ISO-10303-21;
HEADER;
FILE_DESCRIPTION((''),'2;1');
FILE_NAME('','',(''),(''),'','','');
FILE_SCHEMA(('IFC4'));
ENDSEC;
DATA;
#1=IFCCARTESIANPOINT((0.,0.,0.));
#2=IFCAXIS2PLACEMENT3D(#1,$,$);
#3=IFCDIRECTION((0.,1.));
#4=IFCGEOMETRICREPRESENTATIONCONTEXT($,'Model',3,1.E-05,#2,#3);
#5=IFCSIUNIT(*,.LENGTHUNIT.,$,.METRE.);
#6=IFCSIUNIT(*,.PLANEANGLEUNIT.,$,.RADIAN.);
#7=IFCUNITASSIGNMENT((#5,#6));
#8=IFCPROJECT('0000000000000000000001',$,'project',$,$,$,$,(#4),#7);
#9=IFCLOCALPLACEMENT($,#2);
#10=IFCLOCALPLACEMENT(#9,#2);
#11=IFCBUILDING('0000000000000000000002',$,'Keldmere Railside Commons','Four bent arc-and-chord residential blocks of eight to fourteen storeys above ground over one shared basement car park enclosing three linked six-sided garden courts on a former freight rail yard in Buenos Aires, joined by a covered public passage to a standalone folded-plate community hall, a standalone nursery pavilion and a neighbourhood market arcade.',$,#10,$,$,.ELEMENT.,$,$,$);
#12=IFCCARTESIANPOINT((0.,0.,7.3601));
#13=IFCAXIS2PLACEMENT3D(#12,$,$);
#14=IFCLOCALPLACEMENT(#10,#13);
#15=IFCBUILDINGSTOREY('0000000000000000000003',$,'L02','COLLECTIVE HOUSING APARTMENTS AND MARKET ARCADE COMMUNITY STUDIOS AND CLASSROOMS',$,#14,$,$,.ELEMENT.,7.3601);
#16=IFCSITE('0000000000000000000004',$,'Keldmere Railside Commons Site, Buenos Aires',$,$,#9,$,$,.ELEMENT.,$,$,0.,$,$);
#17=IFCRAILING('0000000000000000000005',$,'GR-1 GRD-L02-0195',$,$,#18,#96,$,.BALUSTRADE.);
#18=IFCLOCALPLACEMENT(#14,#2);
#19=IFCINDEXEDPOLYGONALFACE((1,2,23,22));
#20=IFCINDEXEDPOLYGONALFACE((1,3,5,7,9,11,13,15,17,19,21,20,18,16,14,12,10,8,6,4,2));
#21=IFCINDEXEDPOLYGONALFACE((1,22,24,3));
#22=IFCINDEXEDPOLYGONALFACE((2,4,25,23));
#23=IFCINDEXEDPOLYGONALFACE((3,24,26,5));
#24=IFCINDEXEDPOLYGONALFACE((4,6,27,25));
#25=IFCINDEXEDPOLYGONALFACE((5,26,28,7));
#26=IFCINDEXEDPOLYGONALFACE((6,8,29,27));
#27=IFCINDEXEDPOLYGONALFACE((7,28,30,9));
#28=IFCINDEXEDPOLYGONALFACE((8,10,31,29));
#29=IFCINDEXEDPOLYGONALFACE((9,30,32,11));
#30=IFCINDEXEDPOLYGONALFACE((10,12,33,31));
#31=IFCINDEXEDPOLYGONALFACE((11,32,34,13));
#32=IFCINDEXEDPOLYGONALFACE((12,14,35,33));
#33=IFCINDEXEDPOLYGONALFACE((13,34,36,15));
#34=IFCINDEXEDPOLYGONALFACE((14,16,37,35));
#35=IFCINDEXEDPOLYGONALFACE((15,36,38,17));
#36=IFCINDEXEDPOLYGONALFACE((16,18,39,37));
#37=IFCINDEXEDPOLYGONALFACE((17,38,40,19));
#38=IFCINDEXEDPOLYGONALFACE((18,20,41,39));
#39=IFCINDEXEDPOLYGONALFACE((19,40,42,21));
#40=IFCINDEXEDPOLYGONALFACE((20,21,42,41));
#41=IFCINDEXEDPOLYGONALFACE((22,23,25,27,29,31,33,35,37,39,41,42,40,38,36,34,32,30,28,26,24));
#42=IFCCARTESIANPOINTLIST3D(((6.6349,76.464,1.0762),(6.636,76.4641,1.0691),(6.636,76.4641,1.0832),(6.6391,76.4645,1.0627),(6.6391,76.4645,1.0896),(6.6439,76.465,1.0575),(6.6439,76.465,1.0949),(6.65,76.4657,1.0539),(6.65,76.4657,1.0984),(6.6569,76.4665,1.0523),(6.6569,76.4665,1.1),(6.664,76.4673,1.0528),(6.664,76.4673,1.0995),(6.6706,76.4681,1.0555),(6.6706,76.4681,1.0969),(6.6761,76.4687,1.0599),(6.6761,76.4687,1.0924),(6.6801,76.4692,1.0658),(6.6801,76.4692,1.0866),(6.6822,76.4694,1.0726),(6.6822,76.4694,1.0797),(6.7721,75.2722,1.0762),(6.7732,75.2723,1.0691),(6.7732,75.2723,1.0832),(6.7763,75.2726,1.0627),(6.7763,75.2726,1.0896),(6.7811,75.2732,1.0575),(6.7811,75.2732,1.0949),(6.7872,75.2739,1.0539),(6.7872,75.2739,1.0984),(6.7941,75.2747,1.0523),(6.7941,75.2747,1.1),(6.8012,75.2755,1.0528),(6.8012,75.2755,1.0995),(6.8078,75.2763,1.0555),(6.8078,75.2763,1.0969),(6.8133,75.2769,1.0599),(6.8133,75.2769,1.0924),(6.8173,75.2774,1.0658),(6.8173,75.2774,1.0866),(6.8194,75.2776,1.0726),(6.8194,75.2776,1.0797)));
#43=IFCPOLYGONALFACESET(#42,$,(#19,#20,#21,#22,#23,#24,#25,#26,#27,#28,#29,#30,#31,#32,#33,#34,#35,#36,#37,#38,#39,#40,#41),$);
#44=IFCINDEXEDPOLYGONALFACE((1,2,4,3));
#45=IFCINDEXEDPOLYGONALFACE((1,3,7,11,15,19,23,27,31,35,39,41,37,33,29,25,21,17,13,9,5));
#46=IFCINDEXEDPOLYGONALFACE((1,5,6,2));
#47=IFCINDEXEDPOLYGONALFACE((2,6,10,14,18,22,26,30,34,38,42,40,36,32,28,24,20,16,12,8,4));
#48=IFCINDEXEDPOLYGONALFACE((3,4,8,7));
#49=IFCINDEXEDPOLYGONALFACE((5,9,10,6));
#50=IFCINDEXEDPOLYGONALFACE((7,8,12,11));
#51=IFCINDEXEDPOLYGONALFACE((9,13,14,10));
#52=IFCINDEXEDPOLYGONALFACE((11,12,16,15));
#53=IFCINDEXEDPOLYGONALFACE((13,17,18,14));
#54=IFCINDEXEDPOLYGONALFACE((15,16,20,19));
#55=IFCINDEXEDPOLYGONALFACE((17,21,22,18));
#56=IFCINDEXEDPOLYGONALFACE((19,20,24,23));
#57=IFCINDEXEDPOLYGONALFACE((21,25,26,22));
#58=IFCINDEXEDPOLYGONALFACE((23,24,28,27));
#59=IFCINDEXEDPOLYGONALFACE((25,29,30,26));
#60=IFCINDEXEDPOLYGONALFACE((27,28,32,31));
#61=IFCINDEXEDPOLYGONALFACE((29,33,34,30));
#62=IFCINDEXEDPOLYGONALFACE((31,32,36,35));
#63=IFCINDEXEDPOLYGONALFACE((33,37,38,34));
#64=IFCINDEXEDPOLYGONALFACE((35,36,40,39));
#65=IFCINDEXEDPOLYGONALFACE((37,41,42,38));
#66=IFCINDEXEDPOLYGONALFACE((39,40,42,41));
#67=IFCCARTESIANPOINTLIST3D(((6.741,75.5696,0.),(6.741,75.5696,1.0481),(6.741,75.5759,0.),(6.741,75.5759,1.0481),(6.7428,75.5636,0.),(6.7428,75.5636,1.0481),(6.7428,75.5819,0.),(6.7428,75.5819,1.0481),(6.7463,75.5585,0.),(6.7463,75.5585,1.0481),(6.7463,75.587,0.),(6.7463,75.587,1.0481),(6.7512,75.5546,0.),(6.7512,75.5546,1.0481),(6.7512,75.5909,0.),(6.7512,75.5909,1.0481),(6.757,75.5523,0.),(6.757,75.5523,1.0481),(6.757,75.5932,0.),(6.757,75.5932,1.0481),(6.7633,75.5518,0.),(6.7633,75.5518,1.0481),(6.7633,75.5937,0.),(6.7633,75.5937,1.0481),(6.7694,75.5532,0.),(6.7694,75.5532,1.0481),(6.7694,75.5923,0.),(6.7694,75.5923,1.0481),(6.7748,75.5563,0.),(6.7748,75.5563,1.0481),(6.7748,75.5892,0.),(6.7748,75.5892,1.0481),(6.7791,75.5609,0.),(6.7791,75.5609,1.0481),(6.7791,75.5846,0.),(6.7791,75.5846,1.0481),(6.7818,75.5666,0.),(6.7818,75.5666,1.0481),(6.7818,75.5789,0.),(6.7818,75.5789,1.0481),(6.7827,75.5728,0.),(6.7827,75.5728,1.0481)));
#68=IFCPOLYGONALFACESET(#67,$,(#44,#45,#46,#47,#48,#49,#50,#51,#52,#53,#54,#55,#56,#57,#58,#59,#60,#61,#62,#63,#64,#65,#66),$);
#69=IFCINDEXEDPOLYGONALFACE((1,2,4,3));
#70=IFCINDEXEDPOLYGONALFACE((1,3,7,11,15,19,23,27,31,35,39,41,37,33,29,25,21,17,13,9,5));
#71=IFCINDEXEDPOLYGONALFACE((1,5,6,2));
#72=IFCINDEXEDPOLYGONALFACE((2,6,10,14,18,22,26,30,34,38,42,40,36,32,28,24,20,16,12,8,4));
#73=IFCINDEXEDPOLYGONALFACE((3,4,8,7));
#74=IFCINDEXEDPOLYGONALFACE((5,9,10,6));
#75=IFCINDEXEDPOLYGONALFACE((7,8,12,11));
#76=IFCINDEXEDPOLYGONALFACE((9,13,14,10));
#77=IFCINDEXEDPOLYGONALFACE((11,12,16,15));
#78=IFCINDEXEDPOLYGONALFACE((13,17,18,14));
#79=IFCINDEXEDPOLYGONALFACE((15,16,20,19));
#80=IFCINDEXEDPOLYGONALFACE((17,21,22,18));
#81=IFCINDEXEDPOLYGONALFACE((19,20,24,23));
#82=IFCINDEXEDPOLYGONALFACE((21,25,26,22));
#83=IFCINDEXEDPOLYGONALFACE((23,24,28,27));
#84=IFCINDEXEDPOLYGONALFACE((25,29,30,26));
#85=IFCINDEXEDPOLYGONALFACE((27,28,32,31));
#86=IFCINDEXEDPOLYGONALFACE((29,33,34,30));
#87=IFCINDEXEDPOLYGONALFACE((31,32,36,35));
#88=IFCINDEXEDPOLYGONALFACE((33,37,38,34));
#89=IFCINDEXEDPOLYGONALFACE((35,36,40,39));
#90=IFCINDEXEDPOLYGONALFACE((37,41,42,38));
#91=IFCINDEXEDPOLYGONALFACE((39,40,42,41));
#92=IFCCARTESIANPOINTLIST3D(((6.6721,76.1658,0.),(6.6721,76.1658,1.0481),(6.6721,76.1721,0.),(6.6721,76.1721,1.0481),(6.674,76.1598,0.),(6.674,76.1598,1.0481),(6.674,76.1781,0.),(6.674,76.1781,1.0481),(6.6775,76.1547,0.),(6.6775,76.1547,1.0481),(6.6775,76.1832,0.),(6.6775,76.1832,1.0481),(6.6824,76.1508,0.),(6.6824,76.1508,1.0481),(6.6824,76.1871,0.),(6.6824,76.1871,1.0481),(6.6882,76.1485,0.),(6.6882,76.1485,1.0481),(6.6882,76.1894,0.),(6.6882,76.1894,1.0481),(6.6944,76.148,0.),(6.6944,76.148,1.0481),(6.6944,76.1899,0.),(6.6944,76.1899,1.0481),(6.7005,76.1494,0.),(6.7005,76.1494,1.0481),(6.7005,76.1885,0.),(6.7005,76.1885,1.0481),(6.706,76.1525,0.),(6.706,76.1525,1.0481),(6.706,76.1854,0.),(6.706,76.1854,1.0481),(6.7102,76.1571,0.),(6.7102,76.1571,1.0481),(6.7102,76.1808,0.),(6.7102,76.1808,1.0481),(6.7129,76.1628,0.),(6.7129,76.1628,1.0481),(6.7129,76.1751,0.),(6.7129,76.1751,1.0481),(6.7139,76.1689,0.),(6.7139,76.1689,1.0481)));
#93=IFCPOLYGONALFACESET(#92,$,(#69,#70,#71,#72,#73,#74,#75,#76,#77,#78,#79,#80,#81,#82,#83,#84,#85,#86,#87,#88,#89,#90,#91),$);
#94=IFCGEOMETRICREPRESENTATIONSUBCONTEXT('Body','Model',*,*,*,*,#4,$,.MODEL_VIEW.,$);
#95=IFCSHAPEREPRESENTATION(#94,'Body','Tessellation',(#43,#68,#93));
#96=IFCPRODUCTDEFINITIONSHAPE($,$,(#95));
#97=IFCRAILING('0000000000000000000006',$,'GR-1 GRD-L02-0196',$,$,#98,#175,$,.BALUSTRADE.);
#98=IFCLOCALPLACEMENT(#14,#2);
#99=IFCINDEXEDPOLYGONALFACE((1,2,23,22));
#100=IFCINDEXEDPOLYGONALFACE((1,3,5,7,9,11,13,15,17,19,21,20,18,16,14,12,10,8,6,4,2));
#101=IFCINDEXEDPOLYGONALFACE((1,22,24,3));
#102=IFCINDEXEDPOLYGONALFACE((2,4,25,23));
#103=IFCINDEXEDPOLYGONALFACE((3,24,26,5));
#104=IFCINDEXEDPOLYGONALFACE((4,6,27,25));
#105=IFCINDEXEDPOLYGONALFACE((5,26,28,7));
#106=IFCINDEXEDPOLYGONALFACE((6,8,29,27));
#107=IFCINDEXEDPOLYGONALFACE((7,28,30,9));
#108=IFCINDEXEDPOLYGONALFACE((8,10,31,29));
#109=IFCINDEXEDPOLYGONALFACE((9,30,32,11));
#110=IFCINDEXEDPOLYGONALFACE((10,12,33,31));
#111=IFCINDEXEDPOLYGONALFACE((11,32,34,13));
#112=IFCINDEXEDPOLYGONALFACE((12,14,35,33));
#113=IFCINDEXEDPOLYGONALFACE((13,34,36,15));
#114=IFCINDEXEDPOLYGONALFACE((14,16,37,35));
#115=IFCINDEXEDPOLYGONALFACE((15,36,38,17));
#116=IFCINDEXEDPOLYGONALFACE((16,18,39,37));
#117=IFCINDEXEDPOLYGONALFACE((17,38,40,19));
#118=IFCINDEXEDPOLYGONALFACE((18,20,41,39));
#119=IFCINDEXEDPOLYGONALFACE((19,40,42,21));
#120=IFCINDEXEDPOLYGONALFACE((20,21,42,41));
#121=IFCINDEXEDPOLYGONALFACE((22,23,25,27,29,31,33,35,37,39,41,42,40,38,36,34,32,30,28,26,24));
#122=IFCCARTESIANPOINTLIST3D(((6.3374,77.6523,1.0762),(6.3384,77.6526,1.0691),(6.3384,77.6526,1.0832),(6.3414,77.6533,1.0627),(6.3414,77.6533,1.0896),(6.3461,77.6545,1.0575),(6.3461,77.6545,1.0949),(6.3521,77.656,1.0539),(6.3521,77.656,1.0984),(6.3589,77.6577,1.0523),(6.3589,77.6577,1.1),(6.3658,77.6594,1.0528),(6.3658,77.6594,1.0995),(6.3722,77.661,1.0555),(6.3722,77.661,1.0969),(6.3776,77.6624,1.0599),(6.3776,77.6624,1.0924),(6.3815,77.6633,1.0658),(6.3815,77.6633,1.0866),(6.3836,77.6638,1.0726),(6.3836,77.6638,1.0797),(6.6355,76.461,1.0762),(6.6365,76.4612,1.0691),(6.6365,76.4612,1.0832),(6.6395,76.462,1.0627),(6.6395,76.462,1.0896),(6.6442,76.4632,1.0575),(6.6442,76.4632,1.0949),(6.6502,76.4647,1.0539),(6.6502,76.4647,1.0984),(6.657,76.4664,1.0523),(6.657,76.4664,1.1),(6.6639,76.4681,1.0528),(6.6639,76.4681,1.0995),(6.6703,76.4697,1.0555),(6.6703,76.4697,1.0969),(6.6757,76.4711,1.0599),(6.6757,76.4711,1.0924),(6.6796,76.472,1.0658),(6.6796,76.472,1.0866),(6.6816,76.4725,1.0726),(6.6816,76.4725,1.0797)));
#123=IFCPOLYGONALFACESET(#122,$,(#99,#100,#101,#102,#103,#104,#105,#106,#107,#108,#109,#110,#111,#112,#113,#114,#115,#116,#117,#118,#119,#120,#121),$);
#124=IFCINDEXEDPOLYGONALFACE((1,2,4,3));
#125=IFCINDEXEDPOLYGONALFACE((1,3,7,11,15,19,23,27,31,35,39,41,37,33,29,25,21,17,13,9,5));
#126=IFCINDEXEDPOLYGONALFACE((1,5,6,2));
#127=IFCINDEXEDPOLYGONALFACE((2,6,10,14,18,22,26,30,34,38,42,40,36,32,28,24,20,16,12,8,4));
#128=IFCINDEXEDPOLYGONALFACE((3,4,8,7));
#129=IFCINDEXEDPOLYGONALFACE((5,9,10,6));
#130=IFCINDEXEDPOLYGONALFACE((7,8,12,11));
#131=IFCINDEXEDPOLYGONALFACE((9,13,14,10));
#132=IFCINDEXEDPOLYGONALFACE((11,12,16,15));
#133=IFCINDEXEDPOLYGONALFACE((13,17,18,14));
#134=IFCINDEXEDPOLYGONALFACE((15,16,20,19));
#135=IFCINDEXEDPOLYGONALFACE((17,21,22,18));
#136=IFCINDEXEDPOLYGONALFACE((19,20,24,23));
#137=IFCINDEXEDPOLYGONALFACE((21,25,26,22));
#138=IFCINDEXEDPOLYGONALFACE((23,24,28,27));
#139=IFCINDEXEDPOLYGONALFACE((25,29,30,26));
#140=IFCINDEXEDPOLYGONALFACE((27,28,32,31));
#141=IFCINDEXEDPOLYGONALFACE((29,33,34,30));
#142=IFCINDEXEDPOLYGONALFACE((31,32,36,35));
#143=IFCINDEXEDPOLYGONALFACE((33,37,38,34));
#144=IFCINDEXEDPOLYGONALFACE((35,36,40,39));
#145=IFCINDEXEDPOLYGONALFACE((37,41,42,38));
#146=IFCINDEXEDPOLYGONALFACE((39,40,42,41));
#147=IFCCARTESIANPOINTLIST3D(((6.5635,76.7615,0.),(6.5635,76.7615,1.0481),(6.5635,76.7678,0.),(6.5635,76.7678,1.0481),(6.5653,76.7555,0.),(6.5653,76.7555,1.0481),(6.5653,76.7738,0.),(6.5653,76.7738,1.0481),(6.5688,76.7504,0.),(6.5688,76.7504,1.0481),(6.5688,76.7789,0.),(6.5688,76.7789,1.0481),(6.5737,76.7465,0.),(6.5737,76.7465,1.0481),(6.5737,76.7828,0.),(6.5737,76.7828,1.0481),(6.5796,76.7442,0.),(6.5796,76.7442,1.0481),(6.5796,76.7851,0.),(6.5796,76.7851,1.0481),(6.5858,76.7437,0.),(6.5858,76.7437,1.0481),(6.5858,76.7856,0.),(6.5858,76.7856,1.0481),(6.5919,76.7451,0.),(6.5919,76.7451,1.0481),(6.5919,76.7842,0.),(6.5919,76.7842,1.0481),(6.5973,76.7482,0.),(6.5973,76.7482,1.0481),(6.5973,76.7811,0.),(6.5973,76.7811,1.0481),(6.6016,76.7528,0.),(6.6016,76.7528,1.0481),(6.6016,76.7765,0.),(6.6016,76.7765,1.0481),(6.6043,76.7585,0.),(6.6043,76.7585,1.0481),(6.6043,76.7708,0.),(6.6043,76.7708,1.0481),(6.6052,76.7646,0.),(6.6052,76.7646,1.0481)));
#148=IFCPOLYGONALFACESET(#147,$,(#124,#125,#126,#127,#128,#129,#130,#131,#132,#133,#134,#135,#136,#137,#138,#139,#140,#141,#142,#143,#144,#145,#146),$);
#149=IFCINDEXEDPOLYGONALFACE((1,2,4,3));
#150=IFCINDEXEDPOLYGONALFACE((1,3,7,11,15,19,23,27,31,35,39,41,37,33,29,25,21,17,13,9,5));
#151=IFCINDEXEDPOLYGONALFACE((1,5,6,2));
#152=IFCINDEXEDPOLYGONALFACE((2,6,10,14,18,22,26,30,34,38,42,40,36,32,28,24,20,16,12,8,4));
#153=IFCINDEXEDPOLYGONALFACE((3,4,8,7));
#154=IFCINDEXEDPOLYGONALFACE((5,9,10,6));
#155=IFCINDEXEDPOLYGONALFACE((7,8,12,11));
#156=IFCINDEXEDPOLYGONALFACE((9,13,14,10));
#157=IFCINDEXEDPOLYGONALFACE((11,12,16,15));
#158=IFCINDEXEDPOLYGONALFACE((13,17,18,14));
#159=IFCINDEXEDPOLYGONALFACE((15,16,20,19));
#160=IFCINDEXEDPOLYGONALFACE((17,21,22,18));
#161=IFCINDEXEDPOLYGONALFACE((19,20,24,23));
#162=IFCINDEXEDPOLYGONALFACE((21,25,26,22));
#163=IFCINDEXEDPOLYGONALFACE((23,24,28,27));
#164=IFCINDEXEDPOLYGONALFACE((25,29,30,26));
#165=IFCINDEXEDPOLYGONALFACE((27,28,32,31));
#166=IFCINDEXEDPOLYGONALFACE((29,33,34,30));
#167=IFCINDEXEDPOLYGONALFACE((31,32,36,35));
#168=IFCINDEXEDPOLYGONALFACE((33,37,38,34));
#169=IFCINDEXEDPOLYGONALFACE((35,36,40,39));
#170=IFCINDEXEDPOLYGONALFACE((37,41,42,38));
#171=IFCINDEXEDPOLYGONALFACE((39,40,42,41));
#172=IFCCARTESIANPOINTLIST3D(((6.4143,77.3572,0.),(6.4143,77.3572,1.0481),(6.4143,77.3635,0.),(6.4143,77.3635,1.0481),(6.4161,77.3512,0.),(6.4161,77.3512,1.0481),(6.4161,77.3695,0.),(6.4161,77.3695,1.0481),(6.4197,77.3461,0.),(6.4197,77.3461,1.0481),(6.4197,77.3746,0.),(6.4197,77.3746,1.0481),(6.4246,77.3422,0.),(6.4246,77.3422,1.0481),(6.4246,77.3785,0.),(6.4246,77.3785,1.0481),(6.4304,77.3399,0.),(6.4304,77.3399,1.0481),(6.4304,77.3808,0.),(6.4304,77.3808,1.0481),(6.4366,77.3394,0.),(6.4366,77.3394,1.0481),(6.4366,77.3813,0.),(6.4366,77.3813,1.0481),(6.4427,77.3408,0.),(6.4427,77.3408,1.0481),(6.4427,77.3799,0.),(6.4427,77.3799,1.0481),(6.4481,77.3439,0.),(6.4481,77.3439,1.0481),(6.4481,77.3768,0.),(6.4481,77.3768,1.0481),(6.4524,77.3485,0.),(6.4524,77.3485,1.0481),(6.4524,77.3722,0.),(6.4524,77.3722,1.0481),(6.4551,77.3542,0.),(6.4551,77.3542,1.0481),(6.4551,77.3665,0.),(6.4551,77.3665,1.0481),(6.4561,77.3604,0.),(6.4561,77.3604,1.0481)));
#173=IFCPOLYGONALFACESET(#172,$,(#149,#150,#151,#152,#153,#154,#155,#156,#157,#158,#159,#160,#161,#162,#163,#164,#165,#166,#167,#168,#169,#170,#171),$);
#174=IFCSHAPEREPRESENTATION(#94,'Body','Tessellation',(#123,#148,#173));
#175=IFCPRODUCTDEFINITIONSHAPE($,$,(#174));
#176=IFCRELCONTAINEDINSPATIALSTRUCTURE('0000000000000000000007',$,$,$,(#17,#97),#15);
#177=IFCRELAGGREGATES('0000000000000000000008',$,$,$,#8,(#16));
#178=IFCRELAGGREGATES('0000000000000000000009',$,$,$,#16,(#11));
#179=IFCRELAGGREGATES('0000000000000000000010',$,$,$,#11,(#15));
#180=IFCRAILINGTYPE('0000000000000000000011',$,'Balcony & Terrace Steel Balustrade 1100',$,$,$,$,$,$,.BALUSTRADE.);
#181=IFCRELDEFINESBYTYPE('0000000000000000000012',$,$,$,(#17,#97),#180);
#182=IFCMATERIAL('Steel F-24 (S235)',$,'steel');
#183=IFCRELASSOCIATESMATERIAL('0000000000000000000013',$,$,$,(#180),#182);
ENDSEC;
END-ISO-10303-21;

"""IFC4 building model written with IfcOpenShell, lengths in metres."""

from ifc_helpers import new_model, si_unit, direction, frame, origin, origin_2d, place, context, subcontext, project, spatial, circle, extrude, material, type_object, element, save


model = new_model("IFC4")

# Units and contexts
model_context = context("Model", 3, precision=1e-05, world=origin(), true_north=direction((0.0, 1.0)))
body_context = subcontext(model_context, "Body", "Model", "MODEL_VIEW")
ifc_project = project(units=[si_unit("LENGTHUNIT", "METRE"), si_unit("PLANEANGLEUNIT", "RADIAN")], contexts=[model_context])

# Site, building, storey
site_placement = place(None, origin())
site = spatial("IfcSite", under=ifc_project, at=site_placement, Name="Keldmere Railside Commons Site, Buenos Aires", CompositionType="ELEMENT", RefElevation=0.0)
building_placement = place(site_placement, origin())
building = spatial("IfcBuilding", under=site, at=building_placement, Name="Keldmere Railside Commons", Description="Four bent arc-and-chord residential blocks of eight to fourteen storeys above ground over one shared basement car park enclosing three linked six-sided garden courts on a former freight rail yard in Buenos Aires, joined by a covered public passage to a standalone folded-plate community hall, a standalone nursery pavilion and a neighbourhood market arcade.", CompositionType="ELEMENT")
storey_placement = place(building_placement, frame((0.0, 0.0, 7.3601)))
storey = spatial("IfcBuildingStorey", under=building, at=storey_placement, Name="L02", Description="COLLECTIVE HOUSING APARTMENTS AND MARKET ARCADE COMMUNITY STUDIOS AND CLASSROOMS", CompositionType="ELEMENT", Elevation=7.3601)

# Shared definitions
ifc_material_1 = material(Name="Steel F-24 (S235)", Category="steel")

# Railings
railing_type_1 = type_object("IfcRailingType", Name="Balcony & Terrace Steel Balustrade 1100", PredefinedType="BALUSTRADE", material=ifc_material_1)
railing_1_placement = place(storey_placement, frame((6.7959, 75.2749, 0.0)))
element("IfcRailing", 1, at=railing_1_placement, inside=storey, type_object=railing_type_1, Name="GR-1 GRD-L02-0195", PredefinedType="BALUSTRADE", context=body_context, shape_type="SweptSolid", body=[
    extrude(circle(Radius=0.0239, at=origin_2d()), frame((0.0, 0.0, 1.0762), z_axis=(-0.114361, 0.993439, 0.0), x_axis=(-0.993439, -0.114361, 0.0)), (0.0, 0.0, 1.0), 1.1997),
    extrude(circle(Radius=0.021, at=origin_2d()), frame((-0.0342, 0.2979, 0.0)), (0.0, 0.0, 1.0), 1.0481),
    extrude(circle(Radius=0.021, at=origin_2d()), frame((-0.103, 0.894, 0.0)), (0.0, 0.0, 1.0), 1.0481),
])
railing_2_placement = place(storey_placement, frame((6.6587, 76.4668, 0.0)))
element("IfcRailing", 2, at=railing_2_placement, inside=storey, type_object=railing_type_1, Name="GR-1 GRD-L02-0196", PredefinedType="BALUSTRADE", context=body_context, shape_type="SweptSolid", body=[
    extrude(circle(Radius=0.0239, at=origin_2d()), frame((0.0, 0.0, 1.0762), z_axis=(-0.242723, 0.970096, 0.0), x_axis=(-0.970096, -0.242723, 0.0)), (0.0, 0.0, 1.0), 1.228),
    extrude(circle(Radius=0.021, at=origin_2d()), frame((-0.0745, 0.2979, 0.0)), (0.0, 0.0, 1.0), 1.0481),
    extrude(circle(Radius=0.021, at=origin_2d()), frame((-0.2236, 0.8936, 0.0)), (0.0, 0.0, 1.0), 1.0481),
])

save(model, "model.ifc")
